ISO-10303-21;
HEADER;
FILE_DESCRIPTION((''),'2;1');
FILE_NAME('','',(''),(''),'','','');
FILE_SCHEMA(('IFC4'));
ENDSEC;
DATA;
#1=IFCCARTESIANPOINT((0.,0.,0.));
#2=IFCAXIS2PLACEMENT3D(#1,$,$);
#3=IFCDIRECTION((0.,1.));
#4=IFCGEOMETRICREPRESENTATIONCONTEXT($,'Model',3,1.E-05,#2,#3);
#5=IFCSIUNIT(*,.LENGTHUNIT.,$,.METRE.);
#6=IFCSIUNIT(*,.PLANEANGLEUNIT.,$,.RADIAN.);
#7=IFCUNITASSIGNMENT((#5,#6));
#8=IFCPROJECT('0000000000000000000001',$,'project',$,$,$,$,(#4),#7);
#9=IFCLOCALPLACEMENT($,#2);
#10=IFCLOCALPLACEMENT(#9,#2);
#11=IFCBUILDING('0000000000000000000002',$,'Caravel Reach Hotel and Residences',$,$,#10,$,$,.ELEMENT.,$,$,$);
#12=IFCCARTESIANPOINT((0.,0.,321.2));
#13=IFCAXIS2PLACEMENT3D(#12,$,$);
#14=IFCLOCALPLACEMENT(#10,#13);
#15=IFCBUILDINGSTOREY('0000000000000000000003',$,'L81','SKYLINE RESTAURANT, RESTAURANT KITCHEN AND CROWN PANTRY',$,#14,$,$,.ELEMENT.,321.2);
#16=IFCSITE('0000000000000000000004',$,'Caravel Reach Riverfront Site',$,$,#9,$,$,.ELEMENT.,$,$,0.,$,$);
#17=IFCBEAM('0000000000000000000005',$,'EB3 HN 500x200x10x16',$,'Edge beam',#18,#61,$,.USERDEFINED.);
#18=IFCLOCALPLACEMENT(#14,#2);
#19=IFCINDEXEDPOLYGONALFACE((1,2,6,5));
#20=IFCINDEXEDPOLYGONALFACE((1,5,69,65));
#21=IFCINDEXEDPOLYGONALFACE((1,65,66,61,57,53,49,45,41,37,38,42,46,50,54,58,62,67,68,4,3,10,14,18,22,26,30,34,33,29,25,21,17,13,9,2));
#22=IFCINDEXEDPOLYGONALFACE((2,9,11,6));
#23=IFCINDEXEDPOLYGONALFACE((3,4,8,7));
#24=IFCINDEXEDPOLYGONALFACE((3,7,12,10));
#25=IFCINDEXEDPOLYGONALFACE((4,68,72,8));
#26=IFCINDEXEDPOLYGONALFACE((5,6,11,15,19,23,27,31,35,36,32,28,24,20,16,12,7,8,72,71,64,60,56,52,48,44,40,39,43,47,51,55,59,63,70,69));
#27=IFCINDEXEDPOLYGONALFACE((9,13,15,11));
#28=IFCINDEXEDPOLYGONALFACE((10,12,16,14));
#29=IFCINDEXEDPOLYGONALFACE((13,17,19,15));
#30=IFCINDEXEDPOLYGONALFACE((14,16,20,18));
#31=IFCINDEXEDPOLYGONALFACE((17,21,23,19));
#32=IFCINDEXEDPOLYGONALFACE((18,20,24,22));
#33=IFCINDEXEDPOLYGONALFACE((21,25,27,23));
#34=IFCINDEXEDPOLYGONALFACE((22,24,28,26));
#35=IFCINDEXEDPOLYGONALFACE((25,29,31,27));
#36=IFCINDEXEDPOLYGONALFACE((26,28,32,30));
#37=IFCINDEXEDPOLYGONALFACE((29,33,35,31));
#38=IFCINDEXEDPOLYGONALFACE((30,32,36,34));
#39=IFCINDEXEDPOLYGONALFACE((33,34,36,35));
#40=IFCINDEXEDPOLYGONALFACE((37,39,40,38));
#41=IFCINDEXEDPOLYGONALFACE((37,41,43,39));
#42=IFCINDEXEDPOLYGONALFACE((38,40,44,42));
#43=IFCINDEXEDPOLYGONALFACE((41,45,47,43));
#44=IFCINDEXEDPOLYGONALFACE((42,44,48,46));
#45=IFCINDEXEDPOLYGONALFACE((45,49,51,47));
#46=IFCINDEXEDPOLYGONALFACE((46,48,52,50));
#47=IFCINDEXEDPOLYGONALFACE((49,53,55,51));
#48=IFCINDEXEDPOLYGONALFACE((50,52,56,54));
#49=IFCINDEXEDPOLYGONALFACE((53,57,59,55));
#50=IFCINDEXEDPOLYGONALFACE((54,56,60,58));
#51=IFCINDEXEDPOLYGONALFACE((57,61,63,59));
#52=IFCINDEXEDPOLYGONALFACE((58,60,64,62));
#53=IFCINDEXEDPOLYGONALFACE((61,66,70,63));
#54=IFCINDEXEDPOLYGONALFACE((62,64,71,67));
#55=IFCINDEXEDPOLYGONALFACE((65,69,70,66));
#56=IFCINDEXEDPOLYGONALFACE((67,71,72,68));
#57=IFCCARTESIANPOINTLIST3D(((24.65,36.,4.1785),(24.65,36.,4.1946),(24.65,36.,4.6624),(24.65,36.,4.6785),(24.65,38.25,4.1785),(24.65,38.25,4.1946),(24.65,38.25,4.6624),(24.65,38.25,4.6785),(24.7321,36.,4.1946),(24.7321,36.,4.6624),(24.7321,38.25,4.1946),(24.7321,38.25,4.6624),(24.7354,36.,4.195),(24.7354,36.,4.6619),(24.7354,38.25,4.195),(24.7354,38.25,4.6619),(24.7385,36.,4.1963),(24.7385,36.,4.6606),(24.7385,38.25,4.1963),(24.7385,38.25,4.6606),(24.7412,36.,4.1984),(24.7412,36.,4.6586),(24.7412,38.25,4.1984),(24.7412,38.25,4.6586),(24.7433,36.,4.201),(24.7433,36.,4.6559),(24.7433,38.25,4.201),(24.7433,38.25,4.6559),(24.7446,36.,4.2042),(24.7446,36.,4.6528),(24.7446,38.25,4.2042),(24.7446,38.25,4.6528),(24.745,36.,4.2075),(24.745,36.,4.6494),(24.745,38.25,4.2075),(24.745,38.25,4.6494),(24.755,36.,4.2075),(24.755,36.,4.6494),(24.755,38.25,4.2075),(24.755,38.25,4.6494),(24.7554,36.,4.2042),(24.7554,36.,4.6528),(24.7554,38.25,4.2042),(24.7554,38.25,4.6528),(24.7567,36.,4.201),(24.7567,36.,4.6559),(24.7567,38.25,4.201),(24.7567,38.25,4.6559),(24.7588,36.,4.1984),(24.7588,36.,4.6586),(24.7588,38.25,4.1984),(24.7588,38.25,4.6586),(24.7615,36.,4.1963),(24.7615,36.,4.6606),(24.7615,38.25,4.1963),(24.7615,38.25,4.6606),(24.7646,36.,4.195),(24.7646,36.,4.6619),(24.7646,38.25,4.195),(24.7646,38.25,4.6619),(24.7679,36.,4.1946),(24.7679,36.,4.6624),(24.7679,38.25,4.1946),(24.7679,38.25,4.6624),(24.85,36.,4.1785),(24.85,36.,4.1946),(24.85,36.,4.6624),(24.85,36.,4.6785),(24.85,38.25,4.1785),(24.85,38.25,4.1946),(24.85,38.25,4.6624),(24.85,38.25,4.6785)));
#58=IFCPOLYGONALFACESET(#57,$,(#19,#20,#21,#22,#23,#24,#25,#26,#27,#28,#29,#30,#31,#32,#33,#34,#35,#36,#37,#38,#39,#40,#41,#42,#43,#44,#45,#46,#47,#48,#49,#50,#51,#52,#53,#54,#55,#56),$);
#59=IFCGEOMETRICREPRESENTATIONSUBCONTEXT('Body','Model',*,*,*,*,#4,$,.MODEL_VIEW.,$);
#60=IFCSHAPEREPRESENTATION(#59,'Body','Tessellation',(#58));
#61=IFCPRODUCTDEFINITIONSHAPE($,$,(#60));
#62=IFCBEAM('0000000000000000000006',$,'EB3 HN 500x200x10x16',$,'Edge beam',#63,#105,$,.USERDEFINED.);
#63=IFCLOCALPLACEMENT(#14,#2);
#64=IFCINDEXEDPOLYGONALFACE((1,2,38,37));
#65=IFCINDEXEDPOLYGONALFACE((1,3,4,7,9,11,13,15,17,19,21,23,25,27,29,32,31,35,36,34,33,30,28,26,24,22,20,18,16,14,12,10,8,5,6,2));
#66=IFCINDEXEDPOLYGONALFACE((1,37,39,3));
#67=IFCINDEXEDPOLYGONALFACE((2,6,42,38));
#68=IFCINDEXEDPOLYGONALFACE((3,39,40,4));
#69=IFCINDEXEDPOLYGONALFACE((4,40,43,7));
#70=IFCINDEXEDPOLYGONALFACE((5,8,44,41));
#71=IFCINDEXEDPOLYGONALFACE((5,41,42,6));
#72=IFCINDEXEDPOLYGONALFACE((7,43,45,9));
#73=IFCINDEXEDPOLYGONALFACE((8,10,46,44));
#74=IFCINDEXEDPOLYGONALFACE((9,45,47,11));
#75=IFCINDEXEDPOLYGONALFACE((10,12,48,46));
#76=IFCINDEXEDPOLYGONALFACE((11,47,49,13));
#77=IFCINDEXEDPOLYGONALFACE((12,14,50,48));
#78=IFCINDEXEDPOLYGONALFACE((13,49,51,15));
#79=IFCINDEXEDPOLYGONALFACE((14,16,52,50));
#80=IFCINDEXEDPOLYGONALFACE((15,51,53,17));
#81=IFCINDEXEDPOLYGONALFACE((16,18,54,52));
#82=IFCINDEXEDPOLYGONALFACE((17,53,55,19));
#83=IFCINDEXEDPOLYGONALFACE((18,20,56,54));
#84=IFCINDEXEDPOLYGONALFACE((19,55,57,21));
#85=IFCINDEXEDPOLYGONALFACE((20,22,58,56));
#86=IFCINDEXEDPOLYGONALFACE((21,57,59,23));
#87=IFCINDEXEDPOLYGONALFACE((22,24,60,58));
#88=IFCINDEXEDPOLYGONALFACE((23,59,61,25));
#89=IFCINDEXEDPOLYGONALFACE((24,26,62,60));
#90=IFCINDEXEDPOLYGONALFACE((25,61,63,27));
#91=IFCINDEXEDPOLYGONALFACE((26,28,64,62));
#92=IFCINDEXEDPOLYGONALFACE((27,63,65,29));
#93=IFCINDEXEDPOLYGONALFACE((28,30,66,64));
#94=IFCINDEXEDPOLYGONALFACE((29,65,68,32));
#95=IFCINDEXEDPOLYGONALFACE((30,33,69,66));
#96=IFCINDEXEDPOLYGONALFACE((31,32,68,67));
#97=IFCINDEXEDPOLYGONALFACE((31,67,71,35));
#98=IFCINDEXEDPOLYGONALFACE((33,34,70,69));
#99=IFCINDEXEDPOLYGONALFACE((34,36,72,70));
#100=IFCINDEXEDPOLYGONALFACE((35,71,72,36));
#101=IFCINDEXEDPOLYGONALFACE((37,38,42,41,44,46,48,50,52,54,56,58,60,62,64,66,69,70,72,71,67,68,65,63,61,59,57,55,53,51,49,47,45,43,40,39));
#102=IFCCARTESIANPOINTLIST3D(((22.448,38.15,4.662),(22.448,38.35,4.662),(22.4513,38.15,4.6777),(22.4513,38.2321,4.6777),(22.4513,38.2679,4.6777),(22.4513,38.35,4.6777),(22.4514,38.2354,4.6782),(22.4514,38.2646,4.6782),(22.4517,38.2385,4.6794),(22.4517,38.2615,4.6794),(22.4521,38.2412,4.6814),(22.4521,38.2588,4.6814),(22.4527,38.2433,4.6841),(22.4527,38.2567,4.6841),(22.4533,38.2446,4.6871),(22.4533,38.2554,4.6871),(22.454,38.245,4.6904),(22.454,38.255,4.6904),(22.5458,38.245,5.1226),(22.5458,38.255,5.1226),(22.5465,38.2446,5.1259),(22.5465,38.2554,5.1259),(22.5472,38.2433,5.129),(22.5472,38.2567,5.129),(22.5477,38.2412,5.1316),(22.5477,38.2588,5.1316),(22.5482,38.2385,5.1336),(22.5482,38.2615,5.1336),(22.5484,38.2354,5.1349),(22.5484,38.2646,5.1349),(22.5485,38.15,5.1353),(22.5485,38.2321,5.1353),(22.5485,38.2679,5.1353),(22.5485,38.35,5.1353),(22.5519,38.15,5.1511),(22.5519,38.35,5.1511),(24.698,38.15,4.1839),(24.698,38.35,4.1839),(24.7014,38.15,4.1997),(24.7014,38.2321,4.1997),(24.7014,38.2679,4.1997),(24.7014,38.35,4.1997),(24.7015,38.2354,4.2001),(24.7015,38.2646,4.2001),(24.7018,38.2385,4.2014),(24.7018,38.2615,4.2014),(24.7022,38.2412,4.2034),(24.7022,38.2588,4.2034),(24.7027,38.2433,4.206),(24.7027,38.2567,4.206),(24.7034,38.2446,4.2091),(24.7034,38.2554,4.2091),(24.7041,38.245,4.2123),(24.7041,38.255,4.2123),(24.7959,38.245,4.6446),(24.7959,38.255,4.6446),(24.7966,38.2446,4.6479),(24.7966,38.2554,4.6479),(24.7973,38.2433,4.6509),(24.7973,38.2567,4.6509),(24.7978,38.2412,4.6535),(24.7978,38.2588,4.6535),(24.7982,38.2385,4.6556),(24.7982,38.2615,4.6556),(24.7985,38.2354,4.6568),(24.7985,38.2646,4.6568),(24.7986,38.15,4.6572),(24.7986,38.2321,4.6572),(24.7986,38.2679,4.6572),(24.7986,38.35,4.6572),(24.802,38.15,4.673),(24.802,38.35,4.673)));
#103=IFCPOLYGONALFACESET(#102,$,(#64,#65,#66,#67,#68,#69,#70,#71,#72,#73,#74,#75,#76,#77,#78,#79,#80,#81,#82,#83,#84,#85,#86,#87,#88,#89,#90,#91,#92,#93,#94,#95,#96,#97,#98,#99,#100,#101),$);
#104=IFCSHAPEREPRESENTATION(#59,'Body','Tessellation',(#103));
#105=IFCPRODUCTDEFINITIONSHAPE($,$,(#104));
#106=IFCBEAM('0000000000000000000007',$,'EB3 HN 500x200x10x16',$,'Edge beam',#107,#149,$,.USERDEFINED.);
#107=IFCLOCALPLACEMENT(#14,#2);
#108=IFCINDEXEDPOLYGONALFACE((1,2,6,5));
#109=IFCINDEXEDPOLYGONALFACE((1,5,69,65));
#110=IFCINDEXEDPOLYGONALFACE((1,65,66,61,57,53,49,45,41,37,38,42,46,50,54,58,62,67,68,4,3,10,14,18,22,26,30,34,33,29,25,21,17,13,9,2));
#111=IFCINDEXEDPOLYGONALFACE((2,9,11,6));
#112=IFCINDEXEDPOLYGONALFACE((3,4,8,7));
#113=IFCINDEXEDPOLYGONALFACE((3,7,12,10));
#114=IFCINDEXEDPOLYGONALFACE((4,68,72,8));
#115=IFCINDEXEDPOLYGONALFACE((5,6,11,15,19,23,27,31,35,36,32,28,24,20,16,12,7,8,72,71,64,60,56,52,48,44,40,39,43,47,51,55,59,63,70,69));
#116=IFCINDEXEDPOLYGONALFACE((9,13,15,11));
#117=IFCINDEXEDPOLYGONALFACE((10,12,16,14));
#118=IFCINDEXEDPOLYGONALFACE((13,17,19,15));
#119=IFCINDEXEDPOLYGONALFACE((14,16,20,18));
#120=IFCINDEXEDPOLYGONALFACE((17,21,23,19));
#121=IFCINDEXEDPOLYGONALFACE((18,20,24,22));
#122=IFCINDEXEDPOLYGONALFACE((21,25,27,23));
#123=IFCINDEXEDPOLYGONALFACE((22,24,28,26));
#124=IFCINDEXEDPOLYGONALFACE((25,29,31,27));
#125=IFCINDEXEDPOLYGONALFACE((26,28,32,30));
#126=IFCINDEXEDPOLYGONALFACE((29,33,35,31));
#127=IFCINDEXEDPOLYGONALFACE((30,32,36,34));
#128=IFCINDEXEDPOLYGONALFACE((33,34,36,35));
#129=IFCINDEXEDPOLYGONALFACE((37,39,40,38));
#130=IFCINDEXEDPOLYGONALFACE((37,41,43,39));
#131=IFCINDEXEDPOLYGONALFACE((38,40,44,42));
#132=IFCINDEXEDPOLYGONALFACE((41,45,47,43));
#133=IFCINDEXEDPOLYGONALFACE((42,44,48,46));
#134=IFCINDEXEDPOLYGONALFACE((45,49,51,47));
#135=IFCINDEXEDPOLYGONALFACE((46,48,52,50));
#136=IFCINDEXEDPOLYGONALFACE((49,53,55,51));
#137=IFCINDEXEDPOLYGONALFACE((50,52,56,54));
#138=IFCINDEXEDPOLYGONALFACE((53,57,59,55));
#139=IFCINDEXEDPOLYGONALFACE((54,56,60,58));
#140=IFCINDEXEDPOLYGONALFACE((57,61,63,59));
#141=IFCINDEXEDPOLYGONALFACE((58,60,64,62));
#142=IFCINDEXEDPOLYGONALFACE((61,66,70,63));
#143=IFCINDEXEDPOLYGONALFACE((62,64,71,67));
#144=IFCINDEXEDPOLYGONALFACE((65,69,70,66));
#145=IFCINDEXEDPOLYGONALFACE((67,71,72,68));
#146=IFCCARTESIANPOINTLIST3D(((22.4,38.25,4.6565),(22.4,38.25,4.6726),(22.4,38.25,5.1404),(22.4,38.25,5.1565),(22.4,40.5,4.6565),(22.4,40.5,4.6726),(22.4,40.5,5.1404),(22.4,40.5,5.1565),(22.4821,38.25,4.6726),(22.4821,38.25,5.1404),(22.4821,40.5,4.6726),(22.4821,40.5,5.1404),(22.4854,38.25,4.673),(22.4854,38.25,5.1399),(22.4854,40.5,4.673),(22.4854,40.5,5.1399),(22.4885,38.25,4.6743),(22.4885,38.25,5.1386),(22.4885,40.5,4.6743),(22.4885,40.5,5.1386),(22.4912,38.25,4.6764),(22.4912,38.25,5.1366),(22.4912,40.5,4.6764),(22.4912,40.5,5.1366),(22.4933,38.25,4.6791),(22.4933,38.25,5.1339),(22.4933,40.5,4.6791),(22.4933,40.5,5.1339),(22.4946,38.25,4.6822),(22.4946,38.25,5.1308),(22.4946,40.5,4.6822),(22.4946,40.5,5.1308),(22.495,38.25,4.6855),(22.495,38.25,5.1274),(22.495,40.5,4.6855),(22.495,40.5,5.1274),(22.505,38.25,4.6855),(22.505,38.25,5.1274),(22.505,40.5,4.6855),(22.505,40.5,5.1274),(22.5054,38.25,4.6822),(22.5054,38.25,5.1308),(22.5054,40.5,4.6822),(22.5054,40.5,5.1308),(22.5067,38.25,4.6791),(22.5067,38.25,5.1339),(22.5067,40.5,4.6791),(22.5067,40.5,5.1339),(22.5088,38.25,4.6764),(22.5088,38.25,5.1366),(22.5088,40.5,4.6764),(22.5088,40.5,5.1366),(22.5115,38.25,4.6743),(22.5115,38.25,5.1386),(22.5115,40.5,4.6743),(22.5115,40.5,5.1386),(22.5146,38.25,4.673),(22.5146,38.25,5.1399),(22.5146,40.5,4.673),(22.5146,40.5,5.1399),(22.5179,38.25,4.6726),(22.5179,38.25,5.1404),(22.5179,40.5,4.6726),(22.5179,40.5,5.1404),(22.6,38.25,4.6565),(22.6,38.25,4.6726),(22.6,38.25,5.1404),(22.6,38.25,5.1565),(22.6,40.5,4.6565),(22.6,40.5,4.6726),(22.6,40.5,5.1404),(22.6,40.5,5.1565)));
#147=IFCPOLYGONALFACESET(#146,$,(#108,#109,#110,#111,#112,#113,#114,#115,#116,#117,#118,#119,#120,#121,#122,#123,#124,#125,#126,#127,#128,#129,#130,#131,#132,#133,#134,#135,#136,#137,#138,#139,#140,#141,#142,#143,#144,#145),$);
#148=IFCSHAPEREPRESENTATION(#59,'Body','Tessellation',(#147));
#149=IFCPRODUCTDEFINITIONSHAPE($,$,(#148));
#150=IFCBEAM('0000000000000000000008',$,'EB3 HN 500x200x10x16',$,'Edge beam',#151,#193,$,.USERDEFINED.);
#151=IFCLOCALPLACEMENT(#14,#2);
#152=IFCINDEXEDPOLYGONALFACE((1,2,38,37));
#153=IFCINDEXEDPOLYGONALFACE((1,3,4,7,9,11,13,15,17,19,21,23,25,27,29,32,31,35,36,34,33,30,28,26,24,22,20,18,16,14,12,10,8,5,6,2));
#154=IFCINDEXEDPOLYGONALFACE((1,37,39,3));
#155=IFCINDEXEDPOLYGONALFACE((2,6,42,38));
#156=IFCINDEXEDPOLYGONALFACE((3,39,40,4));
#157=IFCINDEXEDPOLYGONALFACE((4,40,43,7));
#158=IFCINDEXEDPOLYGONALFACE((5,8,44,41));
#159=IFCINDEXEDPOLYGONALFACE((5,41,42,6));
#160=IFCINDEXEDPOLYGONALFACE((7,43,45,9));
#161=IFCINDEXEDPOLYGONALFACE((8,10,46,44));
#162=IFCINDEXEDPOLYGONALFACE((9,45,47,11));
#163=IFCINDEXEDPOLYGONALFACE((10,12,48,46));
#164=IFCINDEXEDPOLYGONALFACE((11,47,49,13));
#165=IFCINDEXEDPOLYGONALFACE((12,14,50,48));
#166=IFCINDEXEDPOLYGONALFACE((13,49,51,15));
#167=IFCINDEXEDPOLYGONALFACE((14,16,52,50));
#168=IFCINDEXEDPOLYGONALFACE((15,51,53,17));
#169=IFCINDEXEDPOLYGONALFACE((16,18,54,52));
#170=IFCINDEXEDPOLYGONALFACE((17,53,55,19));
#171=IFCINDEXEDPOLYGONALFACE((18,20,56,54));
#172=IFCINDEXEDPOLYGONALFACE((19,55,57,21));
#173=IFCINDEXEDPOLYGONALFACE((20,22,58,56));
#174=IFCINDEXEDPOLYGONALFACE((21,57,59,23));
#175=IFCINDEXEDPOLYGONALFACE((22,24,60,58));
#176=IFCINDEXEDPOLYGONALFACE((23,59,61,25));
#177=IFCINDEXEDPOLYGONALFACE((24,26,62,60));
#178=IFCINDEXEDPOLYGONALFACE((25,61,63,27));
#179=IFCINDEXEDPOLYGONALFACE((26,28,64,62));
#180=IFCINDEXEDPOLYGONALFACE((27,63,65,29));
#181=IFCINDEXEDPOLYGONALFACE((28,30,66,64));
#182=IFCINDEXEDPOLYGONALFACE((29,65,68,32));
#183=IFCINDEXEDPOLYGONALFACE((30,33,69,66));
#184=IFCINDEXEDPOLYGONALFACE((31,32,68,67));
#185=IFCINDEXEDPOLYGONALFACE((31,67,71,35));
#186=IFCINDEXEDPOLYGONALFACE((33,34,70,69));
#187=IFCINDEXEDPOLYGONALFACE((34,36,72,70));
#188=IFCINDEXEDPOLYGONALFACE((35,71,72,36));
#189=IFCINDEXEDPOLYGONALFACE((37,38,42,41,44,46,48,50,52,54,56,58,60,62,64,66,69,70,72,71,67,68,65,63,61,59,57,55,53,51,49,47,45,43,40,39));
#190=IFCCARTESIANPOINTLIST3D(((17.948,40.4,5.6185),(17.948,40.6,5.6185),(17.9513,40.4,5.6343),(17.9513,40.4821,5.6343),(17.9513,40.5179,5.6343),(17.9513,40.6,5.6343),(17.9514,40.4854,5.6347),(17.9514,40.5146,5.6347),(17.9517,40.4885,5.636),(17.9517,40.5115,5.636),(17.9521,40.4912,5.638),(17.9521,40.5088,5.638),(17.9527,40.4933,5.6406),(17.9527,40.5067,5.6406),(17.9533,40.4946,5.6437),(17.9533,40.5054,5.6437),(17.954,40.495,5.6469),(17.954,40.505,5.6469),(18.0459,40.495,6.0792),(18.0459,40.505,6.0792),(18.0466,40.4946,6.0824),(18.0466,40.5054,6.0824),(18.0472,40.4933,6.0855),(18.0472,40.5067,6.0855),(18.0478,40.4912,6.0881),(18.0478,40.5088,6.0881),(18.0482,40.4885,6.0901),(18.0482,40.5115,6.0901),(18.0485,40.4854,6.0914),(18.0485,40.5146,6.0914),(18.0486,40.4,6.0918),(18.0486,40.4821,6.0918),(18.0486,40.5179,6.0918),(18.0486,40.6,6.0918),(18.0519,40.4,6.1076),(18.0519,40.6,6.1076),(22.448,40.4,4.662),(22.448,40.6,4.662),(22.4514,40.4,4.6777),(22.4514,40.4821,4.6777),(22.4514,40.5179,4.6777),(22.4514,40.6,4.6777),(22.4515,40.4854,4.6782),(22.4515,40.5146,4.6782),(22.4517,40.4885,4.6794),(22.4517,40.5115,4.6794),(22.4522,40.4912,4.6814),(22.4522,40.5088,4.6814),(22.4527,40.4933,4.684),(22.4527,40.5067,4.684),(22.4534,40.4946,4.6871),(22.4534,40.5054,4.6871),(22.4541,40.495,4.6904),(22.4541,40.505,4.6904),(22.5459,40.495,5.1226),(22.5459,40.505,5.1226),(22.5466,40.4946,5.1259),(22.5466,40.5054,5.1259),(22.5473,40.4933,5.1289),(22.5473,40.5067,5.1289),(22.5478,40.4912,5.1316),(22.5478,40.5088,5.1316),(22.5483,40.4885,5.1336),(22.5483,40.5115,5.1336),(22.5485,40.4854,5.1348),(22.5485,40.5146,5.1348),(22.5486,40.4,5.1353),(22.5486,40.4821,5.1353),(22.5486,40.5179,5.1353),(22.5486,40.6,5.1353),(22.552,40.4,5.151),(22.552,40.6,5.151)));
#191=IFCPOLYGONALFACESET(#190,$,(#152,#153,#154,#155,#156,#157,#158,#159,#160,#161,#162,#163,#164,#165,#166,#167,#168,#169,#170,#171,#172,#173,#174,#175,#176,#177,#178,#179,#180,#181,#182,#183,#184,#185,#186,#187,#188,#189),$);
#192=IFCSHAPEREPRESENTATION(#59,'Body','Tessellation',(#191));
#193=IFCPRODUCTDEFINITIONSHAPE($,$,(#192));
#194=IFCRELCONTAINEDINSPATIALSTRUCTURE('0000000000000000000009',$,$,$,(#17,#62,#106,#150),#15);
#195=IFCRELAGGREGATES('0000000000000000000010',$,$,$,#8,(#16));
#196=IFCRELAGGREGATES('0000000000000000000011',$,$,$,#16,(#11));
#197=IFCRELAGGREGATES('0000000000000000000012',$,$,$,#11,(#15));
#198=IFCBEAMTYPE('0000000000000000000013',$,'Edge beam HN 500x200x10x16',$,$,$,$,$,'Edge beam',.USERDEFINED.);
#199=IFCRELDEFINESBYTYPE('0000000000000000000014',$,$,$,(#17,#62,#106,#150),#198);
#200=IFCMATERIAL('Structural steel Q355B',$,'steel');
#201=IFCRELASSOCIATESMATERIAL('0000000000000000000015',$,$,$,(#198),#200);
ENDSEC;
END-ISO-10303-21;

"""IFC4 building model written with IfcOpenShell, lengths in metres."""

from ifc_helpers import new_model, si_unit, direction, frame, origin, origin_2d, place, context, subcontext, project, spatial, i_section, extrude, material, material_profile, profile_set, type_object, element, save


model = new_model("IFC4")

# Units and contexts
model_context = context("Model", 3, precision=1e-05, world=origin(), true_north=direction((0.0, 1.0)))
body_context = subcontext(model_context, "Body", "Model", "MODEL_VIEW")
ifc_project = project(units=[si_unit("LENGTHUNIT", "METRE"), si_unit("PLANEANGLEUNIT", "RADIAN")], contexts=[model_context])

# Site, building, storey
site_placement = place(None, origin())
site = spatial("IfcSite", under=ifc_project, at=site_placement, Name="Caravel Reach Riverfront Site", CompositionType="ELEMENT", RefElevation=0.0)
building_placement = place(site_placement, origin())
building = spatial("IfcBuilding", under=site, at=building_placement, Name="Caravel Reach Hotel and Residences", CompositionType="ELEMENT")
storey_placement = place(building_placement, frame((0.0, 0.0, 321.2)))
storey = spatial("IfcBuildingStorey", under=building, at=storey_placement, Name="L81", Description="SKYLINE RESTAURANT, RESTAURANT KITCHEN AND CROWN PANTRY", CompositionType="ELEMENT", Elevation=321.2)

# Beams
ifc_material_1 = material(Name="Structural steel Q355B", Category="steel")
ifc_material_profile_1 = material_profile(ifc_material_1, i_section(OverallWidth=0.2, OverallDepth=0.5, WebThickness=0.01, FlangeThickness=0.0161, FilletRadius=0.0129, at=origin_2d()), Name="HN 500x200x10x16")
ifc_profile_set_1 = profile_set([ifc_material_profile_1], Name="Structural steel Q355B")
beam_type_1 = type_object("IfcBeamType", Name="Edge beam HN 500x200x10x16", ElementType="Edge beam", PredefinedType="USERDEFINED", material=ifc_profile_set_1)
beam_1_placement = place(storey_placement, frame((24.75, 36.0, 4.4285), z_axis=(0.0, 1.0, 0.0), x_axis=(-1.0, 0.0, 0.0)))
element("IfcBeam", 1, at=beam_1_placement, inside=storey, type_object=beam_type_1, Name="EB3 HN 500x200x10x16", ObjectType="Edge beam", PredefinedType="USERDEFINED", context=body_context, shape_type="SweptSolid", body=[
    extrude(i_section(OverallWidth=0.2, OverallDepth=0.5, WebThickness=0.01, FlangeThickness=0.0161, FilletRadius=0.0129, at=origin_2d()), origin(), (0.0, 0.0, 1.0), 2.25),
])
beam_2_placement = place(storey_placement, frame((24.75, 38.25, 4.4285), z_axis=(-0.978167, 0.0, 0.207818), x_axis=(0.0, -1.0, 0.0)))
element("IfcBeam", 2, at=beam_2_placement, inside=storey, type_object=beam_type_1, Name="EB3 HN 500x200x10x16", ObjectType="Edge beam", PredefinedType="USERDEFINED", context=body_context, shape_type="SweptSolid", body=[
    extrude(i_section(OverallWidth=0.2, OverallDepth=0.5, WebThickness=0.01, FlangeThickness=0.0161, FilletRadius=0.0129, at=origin_2d()), origin(), (0.0, 0.0, 1.0), 2.3003),
])
beam_3_placement = place(storey_placement, frame((22.5, 38.25, 4.9065), z_axis=(0.0, 1.0, 0.0), x_axis=(-1.0, 0.0, 0.0)))
element("IfcBeam", 3, at=beam_3_placement, inside=storey, type_object=beam_type_1, Name="EB3 HN 500x200x10x16", ObjectType="Edge beam", PredefinedType="USERDEFINED", context=body_context, shape_type="SweptSolid", body=[
    extrude(i_section(OverallWidth=0.2, OverallDepth=0.5, WebThickness=0.01, FlangeThickness=0.0161, FilletRadius=0.0129, at=origin_2d()), origin(), (0.0, 0.0, 1.0), 2.25),
])
beam_4_placement = place(storey_placement, frame((22.5, 40.5, 4.9065), z_axis=(-0.978146, 0.0, 0.20792), x_axis=(0.0, -1.0, 0.0)))
element("IfcBeam", 4, at=beam_4_placement, inside=storey, type_object=beam_type_1, Name="EB3 HN 500x200x10x16", ObjectType="Edge beam", PredefinedType="USERDEFINED", context=body_context, shape_type="SweptSolid", body=[
    extrude(i_section(OverallWidth=0.2, OverallDepth=0.5, WebThickness=0.01, FlangeThickness=0.0161, FilletRadius=0.0129, at=origin_2d()), origin(), (0.0, 0.0, 1.0), 4.6006),
])

save(model, "model.ifc")
